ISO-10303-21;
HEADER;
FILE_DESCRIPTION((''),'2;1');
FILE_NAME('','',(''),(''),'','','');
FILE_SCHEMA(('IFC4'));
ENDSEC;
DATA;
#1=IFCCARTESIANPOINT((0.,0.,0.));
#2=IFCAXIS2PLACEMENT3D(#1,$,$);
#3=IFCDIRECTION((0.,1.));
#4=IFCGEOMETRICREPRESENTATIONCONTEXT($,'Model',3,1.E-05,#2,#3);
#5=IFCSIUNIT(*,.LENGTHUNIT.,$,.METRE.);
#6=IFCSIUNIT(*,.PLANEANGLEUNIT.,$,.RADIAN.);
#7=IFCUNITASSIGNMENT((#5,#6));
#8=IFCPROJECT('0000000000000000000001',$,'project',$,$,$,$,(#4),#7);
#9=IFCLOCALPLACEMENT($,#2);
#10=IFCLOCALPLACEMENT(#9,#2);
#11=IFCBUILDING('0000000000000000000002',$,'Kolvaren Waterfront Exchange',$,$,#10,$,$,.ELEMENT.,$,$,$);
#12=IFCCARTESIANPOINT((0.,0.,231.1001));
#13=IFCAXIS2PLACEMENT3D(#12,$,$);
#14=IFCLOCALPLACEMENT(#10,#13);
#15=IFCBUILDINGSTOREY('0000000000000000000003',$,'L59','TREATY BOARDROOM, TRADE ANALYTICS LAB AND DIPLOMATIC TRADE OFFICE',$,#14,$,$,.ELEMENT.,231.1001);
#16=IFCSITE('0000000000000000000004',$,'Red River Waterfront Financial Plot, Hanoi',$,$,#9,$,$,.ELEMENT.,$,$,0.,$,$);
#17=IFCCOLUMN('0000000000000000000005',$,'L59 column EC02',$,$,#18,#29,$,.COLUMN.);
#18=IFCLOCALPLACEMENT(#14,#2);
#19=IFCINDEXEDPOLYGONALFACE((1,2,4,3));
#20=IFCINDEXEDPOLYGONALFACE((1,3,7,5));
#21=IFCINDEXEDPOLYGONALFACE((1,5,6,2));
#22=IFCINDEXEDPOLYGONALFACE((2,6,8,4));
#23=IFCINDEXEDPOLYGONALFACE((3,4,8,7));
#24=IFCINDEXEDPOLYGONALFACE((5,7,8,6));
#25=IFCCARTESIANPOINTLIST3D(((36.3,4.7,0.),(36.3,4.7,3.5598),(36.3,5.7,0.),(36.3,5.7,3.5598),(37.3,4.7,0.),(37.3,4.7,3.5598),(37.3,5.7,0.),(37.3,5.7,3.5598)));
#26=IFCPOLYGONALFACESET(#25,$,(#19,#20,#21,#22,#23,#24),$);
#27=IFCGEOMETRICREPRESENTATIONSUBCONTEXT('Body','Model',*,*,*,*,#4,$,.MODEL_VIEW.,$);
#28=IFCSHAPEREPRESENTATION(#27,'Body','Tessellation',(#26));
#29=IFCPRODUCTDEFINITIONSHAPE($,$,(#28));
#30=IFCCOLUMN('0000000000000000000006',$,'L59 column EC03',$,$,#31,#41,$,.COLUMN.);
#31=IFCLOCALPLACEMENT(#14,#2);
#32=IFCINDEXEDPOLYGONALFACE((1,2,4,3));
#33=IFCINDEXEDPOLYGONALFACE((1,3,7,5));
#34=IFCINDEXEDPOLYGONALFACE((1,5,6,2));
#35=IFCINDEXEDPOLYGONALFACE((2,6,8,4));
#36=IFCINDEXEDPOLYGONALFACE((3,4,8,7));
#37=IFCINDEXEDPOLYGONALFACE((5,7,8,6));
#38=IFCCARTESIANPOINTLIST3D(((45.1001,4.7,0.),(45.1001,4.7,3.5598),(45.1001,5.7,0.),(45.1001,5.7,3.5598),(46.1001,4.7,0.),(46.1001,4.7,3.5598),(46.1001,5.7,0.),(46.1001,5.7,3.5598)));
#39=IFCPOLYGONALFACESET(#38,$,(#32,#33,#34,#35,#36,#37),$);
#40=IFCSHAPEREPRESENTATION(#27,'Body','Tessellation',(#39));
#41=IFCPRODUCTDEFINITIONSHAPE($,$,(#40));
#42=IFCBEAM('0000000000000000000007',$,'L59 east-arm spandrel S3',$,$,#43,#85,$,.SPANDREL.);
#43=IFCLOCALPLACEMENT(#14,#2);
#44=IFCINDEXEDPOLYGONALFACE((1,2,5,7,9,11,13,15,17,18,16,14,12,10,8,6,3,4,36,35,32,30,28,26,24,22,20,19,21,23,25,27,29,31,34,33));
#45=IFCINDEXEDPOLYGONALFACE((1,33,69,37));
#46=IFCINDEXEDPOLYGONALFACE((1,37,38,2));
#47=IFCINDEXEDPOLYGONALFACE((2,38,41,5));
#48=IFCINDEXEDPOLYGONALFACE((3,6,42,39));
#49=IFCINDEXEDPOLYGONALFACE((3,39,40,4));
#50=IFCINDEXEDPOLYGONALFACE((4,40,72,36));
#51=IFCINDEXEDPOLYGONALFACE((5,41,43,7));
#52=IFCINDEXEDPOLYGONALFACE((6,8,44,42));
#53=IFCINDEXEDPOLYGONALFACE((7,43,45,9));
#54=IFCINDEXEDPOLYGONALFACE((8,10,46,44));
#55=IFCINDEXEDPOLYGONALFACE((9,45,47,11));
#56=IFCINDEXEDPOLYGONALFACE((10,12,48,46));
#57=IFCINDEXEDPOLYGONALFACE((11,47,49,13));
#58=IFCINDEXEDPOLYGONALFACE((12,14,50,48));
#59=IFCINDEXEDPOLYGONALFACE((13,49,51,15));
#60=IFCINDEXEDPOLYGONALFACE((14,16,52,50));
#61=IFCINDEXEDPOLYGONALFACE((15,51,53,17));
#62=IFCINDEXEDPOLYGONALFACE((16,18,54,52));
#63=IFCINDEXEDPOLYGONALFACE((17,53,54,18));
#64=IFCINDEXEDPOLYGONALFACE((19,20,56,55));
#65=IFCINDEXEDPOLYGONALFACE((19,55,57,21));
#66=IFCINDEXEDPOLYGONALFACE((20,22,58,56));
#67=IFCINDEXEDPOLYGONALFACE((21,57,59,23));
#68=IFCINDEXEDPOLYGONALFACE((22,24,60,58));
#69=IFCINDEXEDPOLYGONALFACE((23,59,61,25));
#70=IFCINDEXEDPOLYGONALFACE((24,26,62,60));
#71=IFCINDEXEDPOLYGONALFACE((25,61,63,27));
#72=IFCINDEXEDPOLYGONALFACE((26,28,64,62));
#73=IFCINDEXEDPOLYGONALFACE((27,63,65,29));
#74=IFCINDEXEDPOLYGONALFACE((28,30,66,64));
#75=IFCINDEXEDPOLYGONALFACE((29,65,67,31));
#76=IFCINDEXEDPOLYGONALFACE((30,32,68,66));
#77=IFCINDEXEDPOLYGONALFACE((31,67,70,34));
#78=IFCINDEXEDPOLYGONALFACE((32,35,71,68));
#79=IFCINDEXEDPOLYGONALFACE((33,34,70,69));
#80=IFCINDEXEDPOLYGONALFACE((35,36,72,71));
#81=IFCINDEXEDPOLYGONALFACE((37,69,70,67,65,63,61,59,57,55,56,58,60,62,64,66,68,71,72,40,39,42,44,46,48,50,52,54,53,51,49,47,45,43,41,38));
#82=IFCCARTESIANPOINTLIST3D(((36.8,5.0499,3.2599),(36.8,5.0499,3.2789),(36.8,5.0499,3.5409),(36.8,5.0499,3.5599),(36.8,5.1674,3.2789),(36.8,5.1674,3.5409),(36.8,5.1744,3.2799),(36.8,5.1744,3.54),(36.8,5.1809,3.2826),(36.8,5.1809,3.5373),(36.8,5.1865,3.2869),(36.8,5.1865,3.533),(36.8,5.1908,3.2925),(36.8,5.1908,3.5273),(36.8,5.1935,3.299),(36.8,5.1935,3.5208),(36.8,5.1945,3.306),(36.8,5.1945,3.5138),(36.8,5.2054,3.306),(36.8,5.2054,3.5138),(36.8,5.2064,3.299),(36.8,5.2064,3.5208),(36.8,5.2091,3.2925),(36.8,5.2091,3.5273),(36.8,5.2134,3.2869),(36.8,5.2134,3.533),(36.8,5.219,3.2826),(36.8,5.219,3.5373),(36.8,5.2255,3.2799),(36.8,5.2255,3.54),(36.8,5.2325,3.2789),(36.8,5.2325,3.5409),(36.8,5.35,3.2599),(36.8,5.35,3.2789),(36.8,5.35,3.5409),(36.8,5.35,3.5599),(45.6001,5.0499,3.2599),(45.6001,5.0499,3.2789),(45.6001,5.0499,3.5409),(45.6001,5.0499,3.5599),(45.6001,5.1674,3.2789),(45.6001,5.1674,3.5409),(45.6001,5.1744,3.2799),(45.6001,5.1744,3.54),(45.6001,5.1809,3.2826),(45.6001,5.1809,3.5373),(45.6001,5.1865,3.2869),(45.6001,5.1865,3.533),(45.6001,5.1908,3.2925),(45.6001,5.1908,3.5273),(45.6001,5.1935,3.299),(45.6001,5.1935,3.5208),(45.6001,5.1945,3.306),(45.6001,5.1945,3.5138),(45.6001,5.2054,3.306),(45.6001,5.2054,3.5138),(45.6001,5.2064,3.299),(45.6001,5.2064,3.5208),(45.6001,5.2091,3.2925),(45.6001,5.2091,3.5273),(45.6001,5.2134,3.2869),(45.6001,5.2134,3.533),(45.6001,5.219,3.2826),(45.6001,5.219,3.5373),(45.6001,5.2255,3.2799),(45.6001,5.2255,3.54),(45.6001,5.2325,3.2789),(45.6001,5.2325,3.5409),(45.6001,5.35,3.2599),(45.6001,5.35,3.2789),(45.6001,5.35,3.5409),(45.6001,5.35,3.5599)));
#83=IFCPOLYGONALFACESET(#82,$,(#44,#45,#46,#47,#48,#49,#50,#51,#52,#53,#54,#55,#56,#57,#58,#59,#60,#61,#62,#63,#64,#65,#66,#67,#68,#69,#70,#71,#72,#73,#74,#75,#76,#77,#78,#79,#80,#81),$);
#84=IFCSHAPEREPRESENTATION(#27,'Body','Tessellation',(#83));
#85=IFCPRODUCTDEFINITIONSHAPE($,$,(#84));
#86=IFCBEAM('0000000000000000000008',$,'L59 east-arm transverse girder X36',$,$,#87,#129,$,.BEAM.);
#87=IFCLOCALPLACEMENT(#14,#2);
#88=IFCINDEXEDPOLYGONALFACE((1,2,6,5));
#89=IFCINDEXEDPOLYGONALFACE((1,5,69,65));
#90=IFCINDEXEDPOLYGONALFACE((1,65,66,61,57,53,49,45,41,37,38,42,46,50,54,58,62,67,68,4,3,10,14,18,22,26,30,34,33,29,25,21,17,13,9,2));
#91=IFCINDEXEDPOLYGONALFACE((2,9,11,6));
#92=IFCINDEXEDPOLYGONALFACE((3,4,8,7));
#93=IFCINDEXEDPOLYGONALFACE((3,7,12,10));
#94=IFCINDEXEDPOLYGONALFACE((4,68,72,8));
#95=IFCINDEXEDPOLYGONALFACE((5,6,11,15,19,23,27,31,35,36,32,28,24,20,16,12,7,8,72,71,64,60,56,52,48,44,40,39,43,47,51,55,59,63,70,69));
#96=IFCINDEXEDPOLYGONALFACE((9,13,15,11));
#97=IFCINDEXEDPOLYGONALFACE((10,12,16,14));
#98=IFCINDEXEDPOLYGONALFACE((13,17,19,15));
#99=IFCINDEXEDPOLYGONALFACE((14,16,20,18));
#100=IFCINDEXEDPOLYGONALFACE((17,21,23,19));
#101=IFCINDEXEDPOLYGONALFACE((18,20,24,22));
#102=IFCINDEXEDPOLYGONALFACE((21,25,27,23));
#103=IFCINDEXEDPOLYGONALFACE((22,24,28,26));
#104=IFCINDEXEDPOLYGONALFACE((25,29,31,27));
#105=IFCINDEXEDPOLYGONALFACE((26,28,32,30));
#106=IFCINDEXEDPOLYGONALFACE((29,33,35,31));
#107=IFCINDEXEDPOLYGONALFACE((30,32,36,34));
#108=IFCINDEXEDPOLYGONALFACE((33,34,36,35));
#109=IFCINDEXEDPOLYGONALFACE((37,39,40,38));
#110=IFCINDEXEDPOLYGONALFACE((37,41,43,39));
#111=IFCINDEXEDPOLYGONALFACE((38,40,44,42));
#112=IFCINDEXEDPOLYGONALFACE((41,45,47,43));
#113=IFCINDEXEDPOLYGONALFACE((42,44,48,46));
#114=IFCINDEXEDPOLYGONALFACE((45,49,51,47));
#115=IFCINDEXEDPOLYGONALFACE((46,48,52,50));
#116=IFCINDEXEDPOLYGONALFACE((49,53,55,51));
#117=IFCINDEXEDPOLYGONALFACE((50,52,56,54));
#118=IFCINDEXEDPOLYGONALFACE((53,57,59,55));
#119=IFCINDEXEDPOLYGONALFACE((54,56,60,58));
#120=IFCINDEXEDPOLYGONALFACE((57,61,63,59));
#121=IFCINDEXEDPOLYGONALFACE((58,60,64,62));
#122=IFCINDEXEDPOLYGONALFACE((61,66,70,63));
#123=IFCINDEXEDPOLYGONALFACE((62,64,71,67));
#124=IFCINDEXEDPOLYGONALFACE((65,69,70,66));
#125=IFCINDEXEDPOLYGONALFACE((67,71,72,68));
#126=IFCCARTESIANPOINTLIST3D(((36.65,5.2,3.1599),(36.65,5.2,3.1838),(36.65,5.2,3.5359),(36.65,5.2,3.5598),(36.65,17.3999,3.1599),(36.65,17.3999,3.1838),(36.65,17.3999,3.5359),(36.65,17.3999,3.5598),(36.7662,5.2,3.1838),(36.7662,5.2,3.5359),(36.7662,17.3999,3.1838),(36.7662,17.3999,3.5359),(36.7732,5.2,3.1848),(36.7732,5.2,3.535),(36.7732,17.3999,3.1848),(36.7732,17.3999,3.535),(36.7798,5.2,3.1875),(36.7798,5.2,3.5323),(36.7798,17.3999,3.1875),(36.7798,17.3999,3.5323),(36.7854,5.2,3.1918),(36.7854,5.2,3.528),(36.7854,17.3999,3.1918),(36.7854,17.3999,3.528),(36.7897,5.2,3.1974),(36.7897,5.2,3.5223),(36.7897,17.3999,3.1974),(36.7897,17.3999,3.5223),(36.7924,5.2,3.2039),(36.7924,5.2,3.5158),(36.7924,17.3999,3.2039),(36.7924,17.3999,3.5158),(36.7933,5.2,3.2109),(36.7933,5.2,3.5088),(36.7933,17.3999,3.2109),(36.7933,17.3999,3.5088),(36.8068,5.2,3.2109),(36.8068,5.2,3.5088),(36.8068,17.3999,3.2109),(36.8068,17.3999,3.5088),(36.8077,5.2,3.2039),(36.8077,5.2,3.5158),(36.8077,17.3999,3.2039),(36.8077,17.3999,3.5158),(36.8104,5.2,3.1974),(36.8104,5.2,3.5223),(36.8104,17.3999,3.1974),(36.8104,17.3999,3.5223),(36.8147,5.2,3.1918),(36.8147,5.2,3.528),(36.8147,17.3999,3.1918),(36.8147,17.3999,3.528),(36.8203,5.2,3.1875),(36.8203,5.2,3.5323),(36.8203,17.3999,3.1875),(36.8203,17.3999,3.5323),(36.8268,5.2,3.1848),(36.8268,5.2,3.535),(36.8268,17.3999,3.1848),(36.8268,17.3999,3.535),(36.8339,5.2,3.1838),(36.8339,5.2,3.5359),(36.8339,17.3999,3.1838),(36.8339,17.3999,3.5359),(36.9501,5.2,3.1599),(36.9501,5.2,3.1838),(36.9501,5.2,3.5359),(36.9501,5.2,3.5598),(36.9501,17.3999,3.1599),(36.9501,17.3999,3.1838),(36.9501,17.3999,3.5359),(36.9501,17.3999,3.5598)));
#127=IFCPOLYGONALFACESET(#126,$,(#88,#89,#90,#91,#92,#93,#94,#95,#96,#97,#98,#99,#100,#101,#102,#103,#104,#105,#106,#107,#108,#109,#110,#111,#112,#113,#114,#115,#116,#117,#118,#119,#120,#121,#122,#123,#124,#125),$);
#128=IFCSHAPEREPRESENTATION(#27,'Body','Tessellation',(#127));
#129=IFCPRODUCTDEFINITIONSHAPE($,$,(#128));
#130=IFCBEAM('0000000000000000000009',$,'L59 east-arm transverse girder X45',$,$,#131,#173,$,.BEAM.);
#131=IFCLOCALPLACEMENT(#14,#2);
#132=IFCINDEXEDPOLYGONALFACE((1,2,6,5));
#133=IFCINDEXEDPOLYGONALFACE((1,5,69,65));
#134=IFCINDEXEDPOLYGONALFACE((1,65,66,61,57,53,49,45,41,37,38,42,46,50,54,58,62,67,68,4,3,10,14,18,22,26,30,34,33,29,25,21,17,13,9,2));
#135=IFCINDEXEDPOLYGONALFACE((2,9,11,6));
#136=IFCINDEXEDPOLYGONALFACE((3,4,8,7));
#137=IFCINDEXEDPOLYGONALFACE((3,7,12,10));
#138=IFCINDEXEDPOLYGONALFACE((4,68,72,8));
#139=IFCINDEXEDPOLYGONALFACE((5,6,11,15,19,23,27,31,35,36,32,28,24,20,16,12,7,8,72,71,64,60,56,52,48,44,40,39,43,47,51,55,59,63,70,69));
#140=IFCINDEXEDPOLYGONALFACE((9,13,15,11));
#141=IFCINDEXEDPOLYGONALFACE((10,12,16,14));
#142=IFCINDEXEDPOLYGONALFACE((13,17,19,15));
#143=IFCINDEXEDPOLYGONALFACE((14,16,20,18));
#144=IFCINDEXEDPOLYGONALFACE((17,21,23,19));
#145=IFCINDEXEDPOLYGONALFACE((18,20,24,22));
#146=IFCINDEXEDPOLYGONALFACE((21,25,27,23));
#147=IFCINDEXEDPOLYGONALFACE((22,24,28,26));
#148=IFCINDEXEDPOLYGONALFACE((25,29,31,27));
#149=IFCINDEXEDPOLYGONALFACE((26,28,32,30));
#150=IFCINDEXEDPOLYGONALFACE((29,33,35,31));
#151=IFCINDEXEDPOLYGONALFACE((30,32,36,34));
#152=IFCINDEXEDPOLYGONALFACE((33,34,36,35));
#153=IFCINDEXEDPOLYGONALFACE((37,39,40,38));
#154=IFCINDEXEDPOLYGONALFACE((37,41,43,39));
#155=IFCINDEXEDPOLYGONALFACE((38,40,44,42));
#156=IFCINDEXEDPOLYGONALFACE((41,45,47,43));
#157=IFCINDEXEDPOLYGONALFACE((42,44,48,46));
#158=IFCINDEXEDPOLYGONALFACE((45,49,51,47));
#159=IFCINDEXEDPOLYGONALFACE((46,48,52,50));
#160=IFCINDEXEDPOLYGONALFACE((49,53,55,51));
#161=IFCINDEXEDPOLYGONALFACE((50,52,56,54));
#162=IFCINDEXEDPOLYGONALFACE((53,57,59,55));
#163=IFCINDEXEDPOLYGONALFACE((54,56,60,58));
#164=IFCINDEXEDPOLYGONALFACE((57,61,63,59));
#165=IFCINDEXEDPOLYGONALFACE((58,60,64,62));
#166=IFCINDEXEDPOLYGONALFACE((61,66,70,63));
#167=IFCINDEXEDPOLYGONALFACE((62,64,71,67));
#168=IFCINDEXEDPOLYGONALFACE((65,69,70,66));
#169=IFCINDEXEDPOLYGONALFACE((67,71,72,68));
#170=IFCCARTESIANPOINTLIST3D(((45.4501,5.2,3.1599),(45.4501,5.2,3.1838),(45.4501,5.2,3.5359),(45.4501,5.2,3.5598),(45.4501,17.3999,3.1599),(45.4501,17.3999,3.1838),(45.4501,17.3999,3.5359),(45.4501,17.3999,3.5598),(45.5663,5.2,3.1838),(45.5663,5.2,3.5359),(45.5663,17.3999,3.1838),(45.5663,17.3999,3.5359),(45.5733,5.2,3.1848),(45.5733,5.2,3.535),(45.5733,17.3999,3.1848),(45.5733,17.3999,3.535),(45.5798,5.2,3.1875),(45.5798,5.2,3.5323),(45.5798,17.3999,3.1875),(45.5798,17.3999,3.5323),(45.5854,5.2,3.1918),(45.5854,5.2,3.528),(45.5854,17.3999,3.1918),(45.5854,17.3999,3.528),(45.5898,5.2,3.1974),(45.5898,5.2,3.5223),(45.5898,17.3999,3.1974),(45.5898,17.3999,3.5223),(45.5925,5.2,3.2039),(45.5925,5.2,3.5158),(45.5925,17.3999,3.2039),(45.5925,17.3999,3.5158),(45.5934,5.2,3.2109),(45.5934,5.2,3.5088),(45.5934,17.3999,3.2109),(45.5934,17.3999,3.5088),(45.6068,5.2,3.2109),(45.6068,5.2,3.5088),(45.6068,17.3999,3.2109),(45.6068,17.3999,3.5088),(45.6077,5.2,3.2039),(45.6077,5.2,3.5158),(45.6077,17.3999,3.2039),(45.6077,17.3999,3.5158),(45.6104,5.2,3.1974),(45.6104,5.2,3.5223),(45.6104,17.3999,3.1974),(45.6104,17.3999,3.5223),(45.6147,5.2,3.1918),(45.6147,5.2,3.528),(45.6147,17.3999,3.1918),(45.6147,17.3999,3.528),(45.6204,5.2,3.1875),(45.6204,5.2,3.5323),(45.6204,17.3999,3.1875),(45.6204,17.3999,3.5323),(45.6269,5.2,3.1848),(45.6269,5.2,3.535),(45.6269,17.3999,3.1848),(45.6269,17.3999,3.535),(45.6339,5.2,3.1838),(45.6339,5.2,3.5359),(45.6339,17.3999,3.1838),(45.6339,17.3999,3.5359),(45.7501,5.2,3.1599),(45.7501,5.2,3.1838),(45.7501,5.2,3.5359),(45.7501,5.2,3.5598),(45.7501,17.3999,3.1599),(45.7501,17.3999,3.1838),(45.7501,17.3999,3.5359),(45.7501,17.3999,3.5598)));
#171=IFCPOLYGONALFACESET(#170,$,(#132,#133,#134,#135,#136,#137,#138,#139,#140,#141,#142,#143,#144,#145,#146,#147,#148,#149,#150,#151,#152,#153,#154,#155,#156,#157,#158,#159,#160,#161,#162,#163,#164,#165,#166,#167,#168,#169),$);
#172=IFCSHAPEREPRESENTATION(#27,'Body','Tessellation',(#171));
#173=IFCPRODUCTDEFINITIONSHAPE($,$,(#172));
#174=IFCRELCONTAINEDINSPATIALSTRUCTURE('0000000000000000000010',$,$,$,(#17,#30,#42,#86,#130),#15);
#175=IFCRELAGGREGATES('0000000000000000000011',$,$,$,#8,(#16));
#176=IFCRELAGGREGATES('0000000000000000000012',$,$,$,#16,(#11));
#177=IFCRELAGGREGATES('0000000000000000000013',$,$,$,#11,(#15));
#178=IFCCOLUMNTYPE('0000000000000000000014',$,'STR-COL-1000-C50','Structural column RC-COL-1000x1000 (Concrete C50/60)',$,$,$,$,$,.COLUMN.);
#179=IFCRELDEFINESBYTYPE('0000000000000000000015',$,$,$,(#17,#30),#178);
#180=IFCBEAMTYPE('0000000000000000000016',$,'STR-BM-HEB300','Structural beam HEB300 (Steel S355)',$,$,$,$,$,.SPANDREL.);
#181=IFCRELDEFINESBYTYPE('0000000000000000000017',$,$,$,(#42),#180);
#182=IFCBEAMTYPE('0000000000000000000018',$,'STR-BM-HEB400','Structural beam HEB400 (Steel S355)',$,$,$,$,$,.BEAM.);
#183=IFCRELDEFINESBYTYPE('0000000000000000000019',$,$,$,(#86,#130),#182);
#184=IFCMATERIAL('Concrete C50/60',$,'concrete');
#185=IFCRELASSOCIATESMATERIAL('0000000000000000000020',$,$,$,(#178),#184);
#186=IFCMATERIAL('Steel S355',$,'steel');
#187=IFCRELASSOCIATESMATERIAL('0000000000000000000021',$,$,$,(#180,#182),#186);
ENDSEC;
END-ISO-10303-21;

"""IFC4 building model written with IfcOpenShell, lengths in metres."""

from ifc_helpers import new_model, si_unit, direction, frame, origin, origin_2d, place, context, subcontext, project, spatial, rectangle, i_section, extrude, material, material_profile, profile_set, type_object, element, save


model = new_model("IFC4")

# Units and contexts
model_context = context("Model", 3, precision=1e-05, world=origin(), true_north=direction((0.0, 1.0)))
body_context = subcontext(model_context, "Body", "Model", "MODEL_VIEW")
ifc_project = project(units=[si_unit("LENGTHUNIT", "METRE"), si_unit("PLANEANGLEUNIT", "RADIAN")], contexts=[model_context])

# Site, building, storey
site_placement = place(None, origin())
site = spatial("IfcSite", under=ifc_project, at=site_placement, Name="Red River Waterfront Financial Plot, Hanoi", CompositionType="ELEMENT", RefElevation=0.0)
building_placement = place(site_placement, origin())
building = spatial("IfcBuilding", under=site, at=building_placement, Name="Kolvaren Waterfront Exchange", CompositionType="ELEMENT")
storey_placement = place(building_placement, frame((0.0, 0.0, 231.1001)))
storey = spatial("IfcBuildingStorey", under=building, at=storey_placement, Name="L59", Description="TREATY BOARDROOM, TRADE ANALYTICS LAB AND DIPLOMATIC TRADE OFFICE", CompositionType="ELEMENT", Elevation=231.1001)

# Columns
ifc_material_1 = material(Name="Concrete C50/60", Category="concrete")
ifc_material_profile_1 = material_profile(ifc_material_1, rectangle(XDim=1.0, YDim=1.0, at=origin_2d()), Name="RC-COL-1000x1000")
ifc_profile_set_1 = profile_set([ifc_material_profile_1], Name="Concrete C50/60")
column_type = type_object("IfcColumnType", Name="STR-COL-1000-C50", Description="Structural column RC-COL-1000x1000 (Concrete C50/60)", PredefinedType="COLUMN", material=ifc_profile_set_1)
for number, where, z_axis, x_axis, name in (
    (1, (36.8, 5.2, 0.0), (0.0, 0.0, 1.0), (1.0, 0.0, 0.0), "L59 column EC02"),
    (2, (45.6001, 5.2, 0.0), (0.0, 0.0, 1.0), (1.0, 0.0, 0.0), "L59 column EC03"),
):
    element("IfcColumn", number, at=place(storey_placement, frame(where, z_axis=z_axis, x_axis=x_axis)), inside=storey, type_object=column_type, Name=name, PredefinedType="COLUMN", context=body_context, shape_type="SweptSolid", body=[
        extrude(rectangle(XDim=1.0, YDim=1.0, at=origin_2d()), origin(), (0.0, 0.0, 1.0), 3.5598),
    ])

# Beams
ifc_material_2 = material(Name="Steel S355", Category="steel")
ifc_material_profile_2 = material_profile(ifc_material_2, i_section(OverallWidth=0.3, OverallDepth=0.3, WebThickness=0.011, FlangeThickness=0.019, FilletRadius=0.0271, at=origin_2d()), Name="HEB300")
ifc_profile_set_2 = profile_set([ifc_material_profile_2], Name="Steel S355")
beam_type_1 = type_object("IfcBeamType", Name="STR-BM-HEB300", Description="Structural beam HEB300 (Steel S355)", PredefinedType="SPANDREL", material=ifc_profile_set_2)
beam_1_placement = place(storey_placement, frame((36.8, 5.2, 3.4099), z_axis=(1.0, 0.0, 0.0), x_axis=(0.0, 1.0, 0.0)))
element("IfcBeam", 3, at=beam_1_placement, inside=storey, type_object=beam_type_1, Name="L59 east-arm spandrel S3", PredefinedType="SPANDREL", context=body_context, shape_type="SweptSolid", body=[
    extrude(i_section(OverallWidth=0.3, OverallDepth=0.3, WebThickness=0.011, FlangeThickness=0.019, FilletRadius=0.0271, at=origin_2d()), origin(), (0.0, 0.0, 1.0), 8.8),
])
ifc_material_profile_3 = material_profile(ifc_material_2, i_section(OverallWidth=0.3, OverallDepth=0.3999, WebThickness=0.0134, FlangeThickness=0.0239, FilletRadius=0.0271, at=origin_2d()), Name="HEB400")
ifc_profile_set_3 = profile_set([ifc_material_profile_3], Name="Steel S355")
beam_type_2 = type_object("IfcBeamType", Name="STR-BM-HEB400", Description="Structural beam HEB400 (Steel S355)", PredefinedType="BEAM", material=ifc_profile_set_3)
for number, where, z_axis, x_axis, name in (
    (4, (36.8, 5.2, 3.3599), (0.0, 1.0, 0.0), (-1.0, 0.0, 0.0), "L59 east-arm transverse girder X36"),
    (5, (45.6001, 5.2, 3.3599), (0.0, 1.0, 0.0), (-1.0, 0.0, 0.0), "L59 east-arm transverse girder X45"),
):
    element("IfcBeam", number, at=place(storey_placement, frame(where, z_axis=z_axis, x_axis=x_axis)), inside=storey, type_object=beam_type_2, Name=name, PredefinedType="BEAM", context=body_context, shape_type="SweptSolid", body=[
        extrude(i_section(OverallWidth=0.3, OverallDepth=0.3999, WebThickness=0.0134, FlangeThickness=0.0239, FilletRadius=0.0271, at=origin_2d()), origin(), (0.0, 0.0, 1.0), 12.2),
    ])

save(model, "model.ifc")
